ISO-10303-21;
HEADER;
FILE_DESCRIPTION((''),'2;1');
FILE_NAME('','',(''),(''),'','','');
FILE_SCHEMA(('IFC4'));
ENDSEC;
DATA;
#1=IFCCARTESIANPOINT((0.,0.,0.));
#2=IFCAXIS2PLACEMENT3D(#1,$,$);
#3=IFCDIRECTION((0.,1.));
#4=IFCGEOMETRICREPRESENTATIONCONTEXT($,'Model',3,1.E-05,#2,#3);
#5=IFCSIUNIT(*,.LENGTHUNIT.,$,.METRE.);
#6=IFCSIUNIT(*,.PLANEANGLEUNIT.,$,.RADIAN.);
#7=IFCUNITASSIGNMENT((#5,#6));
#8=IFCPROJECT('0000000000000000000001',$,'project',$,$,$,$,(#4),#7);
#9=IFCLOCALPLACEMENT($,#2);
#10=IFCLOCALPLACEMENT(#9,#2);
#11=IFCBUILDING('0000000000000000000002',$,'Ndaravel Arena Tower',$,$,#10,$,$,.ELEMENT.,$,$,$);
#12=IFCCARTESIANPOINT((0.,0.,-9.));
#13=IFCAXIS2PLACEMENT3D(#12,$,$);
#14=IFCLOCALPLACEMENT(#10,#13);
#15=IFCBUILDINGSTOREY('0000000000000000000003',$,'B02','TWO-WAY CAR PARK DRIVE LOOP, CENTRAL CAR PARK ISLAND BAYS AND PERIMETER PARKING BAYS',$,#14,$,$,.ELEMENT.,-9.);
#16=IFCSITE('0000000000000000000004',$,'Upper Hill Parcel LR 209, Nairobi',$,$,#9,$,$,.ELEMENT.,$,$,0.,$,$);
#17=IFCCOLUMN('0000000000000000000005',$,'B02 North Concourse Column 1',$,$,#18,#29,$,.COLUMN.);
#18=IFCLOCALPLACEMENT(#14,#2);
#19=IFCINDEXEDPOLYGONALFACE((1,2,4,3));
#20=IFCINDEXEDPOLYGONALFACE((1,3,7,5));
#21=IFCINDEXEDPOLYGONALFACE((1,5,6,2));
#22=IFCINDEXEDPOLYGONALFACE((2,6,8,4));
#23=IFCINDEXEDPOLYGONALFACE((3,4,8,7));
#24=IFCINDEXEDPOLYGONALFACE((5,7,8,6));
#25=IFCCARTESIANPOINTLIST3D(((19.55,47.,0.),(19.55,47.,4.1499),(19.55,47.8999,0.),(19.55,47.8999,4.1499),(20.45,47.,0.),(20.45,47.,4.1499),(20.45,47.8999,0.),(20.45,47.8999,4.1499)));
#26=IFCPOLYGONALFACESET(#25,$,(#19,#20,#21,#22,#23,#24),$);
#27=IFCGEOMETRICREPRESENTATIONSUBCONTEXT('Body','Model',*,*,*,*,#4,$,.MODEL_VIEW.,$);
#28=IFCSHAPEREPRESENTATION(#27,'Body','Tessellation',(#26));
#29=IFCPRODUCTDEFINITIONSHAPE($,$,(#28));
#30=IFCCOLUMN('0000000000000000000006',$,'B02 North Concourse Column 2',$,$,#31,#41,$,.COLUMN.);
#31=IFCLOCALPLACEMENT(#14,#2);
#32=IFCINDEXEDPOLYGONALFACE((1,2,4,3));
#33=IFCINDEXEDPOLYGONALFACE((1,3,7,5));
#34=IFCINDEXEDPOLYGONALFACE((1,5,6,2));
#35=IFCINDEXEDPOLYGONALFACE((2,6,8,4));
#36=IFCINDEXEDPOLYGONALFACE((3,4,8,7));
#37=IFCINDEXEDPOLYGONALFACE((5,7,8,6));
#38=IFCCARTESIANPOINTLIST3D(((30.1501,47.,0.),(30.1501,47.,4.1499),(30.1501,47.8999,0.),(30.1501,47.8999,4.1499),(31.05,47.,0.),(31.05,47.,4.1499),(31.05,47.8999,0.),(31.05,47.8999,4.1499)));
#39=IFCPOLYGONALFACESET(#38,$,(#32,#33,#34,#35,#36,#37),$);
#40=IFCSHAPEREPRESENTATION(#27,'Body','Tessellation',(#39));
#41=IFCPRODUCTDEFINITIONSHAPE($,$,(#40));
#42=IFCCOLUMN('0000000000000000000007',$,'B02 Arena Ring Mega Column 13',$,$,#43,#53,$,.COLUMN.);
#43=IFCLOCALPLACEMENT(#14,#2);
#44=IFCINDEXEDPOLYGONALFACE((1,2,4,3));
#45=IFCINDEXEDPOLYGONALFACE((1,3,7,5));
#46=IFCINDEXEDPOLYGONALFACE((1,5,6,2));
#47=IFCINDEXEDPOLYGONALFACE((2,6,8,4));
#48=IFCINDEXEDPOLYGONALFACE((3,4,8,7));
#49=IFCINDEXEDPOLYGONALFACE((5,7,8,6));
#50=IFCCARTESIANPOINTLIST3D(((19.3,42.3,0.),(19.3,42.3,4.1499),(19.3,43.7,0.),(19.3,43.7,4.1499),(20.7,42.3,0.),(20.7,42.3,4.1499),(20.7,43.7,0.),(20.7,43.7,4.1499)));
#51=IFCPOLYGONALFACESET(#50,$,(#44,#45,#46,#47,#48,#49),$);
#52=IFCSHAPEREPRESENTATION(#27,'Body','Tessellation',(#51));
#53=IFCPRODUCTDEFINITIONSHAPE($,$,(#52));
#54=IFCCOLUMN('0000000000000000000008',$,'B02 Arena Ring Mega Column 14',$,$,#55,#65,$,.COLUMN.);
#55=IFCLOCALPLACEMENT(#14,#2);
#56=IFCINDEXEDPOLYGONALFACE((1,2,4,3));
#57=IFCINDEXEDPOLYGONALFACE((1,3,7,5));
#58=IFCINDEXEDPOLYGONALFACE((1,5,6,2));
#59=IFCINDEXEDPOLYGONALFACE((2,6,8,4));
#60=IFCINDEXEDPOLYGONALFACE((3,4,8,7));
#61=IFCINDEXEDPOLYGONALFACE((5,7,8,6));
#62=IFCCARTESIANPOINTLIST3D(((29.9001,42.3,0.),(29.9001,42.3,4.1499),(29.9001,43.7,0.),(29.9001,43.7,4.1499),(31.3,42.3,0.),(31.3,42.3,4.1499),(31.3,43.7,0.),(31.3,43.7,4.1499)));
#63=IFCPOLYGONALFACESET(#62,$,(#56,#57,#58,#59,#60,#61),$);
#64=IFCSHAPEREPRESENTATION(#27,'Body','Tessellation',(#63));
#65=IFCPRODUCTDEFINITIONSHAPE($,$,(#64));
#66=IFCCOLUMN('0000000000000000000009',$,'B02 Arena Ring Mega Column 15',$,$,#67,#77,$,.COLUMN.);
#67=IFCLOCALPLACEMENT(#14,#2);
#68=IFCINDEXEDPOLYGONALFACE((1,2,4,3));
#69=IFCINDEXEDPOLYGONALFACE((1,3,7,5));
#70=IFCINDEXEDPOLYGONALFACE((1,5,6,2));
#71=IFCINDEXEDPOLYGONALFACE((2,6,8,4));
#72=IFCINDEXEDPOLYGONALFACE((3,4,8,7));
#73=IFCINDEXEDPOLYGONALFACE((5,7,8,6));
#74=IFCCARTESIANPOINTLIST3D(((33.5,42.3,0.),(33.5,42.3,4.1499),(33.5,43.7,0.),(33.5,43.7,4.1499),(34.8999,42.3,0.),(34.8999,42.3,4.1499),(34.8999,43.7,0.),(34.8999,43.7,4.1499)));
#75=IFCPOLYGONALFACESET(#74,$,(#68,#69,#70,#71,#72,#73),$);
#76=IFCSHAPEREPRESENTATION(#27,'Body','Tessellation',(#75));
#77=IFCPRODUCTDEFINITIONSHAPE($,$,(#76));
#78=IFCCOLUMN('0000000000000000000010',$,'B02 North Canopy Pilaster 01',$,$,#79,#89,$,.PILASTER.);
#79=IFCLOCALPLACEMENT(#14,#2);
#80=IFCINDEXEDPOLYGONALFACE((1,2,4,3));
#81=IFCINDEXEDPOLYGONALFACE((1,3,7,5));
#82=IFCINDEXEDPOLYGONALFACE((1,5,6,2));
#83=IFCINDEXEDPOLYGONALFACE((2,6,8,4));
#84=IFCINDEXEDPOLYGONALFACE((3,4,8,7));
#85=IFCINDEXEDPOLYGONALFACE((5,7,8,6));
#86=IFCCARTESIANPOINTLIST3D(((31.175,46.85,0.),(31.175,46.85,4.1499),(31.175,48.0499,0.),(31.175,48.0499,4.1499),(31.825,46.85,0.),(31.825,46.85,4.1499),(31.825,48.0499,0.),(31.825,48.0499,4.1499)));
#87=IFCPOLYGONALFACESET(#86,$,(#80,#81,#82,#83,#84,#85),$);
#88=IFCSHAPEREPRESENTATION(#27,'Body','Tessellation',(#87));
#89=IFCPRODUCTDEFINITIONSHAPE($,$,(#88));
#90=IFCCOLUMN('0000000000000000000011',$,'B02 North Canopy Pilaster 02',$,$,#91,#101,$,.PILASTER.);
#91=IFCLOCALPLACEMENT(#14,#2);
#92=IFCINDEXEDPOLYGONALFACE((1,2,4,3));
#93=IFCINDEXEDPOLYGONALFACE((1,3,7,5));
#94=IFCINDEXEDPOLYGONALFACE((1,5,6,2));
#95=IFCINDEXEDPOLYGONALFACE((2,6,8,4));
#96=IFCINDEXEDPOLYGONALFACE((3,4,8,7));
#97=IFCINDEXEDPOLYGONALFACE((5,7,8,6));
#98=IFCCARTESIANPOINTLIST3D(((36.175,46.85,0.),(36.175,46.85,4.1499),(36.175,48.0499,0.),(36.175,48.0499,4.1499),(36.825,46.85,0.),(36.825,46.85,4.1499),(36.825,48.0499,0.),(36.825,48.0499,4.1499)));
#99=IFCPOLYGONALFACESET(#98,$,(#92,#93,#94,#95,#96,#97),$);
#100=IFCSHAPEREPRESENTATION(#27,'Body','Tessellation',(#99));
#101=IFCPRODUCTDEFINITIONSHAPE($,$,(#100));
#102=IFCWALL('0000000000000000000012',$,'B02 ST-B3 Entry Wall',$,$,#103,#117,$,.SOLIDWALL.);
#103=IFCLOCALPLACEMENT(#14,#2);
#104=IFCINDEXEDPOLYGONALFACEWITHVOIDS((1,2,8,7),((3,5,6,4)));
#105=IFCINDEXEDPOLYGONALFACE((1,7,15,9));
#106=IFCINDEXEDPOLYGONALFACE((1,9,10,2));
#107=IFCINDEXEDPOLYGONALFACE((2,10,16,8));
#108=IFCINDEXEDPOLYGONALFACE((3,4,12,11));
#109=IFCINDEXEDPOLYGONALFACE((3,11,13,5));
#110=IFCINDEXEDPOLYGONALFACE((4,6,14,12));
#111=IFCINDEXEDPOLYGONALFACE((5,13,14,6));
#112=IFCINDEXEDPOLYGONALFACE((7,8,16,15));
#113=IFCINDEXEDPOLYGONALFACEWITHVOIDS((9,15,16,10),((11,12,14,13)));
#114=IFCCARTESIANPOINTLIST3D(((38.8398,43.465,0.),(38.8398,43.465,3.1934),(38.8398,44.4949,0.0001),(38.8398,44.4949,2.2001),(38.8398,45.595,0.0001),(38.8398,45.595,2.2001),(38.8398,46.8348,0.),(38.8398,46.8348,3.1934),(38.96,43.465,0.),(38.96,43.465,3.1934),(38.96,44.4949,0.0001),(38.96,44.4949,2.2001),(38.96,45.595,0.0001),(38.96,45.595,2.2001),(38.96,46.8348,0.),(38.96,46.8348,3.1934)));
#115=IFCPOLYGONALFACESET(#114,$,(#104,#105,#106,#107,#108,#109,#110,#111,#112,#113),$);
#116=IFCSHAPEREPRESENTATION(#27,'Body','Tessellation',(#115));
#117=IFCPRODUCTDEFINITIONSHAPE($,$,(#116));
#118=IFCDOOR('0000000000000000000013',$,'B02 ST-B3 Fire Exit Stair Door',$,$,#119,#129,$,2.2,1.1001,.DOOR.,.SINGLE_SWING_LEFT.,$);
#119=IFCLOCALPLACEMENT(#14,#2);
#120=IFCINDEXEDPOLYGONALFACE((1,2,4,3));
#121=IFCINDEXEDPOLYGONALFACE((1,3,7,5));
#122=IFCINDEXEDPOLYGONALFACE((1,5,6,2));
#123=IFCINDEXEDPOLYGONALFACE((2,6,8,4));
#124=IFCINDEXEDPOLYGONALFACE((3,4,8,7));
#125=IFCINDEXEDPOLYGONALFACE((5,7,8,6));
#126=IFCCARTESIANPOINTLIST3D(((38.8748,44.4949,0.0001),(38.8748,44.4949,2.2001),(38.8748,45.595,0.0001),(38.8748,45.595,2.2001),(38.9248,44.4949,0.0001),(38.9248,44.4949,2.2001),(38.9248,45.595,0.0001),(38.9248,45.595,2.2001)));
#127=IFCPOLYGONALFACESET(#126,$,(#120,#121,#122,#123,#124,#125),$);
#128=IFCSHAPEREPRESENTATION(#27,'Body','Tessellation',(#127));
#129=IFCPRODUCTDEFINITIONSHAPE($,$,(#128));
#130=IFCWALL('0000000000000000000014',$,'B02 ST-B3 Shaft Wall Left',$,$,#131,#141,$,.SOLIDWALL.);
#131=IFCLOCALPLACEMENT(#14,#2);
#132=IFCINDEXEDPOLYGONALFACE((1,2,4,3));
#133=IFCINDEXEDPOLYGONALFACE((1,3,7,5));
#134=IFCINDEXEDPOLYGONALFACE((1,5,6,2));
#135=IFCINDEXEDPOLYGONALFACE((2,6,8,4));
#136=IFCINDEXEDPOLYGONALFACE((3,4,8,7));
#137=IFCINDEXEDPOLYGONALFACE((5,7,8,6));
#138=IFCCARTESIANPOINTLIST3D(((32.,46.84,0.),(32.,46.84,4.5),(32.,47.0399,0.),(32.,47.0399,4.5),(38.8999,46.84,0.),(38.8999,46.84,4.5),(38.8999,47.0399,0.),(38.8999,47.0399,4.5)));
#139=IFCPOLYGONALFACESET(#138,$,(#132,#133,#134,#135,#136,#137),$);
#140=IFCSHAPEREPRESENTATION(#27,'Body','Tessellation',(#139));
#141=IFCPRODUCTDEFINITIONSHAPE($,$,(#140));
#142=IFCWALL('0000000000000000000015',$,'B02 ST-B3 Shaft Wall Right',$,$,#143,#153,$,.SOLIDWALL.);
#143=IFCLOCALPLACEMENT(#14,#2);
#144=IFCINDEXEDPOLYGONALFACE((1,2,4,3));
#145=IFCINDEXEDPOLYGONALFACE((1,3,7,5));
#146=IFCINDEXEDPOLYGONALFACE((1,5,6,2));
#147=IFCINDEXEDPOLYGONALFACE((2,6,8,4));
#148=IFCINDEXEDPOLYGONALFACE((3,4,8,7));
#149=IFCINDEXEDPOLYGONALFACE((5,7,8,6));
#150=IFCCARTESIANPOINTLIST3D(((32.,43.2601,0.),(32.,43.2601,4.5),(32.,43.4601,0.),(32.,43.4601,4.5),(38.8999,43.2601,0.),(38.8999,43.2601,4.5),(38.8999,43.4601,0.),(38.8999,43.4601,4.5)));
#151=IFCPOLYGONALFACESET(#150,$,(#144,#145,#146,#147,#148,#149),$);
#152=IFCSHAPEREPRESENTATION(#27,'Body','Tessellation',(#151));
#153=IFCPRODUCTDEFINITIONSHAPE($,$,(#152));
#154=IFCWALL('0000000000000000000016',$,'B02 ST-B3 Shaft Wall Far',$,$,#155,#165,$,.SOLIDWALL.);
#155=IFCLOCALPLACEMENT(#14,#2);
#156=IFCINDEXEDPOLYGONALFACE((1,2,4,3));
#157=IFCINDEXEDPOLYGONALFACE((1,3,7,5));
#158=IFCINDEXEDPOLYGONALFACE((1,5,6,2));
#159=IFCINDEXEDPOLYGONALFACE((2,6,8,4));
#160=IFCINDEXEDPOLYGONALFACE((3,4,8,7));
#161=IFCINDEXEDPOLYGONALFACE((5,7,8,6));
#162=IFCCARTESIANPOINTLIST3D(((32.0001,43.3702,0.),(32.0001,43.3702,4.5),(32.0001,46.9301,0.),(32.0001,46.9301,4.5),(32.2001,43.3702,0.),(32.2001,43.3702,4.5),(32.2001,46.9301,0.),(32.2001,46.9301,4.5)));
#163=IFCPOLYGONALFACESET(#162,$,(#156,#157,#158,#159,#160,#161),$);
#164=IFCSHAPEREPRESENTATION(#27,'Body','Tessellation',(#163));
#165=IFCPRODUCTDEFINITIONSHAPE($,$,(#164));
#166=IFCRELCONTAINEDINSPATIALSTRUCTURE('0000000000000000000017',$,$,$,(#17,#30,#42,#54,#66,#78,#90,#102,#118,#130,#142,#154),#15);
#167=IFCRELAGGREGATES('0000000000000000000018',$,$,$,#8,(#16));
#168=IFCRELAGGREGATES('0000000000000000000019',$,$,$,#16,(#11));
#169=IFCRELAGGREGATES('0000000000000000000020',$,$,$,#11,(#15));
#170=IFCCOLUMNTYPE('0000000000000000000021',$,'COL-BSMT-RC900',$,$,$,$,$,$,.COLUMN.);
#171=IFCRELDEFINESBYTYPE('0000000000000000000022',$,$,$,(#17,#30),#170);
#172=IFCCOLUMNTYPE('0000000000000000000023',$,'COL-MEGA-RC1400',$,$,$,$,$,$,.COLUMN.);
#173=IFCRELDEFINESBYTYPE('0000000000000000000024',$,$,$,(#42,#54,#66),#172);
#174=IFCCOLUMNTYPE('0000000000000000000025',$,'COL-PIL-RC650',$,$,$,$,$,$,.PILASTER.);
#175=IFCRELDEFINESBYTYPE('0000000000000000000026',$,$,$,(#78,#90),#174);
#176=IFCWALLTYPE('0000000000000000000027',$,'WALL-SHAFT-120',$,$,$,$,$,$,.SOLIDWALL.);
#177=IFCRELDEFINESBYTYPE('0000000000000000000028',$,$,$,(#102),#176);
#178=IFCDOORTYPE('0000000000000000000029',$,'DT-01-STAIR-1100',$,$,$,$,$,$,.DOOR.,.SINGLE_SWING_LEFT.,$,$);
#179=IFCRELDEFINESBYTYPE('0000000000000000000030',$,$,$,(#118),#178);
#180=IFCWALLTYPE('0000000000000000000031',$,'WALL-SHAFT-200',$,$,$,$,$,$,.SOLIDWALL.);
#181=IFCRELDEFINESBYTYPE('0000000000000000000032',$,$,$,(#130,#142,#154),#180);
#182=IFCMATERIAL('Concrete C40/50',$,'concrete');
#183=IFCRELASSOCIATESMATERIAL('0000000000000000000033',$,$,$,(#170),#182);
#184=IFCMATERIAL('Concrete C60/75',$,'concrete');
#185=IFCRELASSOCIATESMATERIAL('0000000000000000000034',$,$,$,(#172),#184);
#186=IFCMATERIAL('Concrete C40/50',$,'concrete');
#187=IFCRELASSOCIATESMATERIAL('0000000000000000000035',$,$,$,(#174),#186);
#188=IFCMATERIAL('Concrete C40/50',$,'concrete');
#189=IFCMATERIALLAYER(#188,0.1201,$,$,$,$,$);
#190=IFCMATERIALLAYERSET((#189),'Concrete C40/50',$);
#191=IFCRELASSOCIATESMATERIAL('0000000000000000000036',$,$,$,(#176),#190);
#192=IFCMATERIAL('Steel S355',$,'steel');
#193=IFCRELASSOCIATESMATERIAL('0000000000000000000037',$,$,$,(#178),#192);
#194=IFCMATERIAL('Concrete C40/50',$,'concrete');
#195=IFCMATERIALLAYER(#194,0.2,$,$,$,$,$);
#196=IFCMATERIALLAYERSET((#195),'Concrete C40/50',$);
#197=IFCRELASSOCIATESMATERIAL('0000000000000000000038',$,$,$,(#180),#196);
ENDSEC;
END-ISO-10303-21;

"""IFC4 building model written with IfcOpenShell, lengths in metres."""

from ifc_helpers import new_model, si_unit, direction, frame, frame_2d, origin, origin_2d, place, context, subcontext, project, spatial, rectangle, extrude, material, layer, layer_set, material_profile, profile_set, type_object, element, fill, save


model = new_model("IFC4")

# Units and contexts
model_context = context("Model", 3, precision=1e-05, world=origin(), true_north=direction((0.0, 1.0)))
body_context = subcontext(model_context, "Body", "Model", "MODEL_VIEW")
ifc_project = project(units=[si_unit("LENGTHUNIT", "METRE"), si_unit("PLANEANGLEUNIT", "RADIAN")], contexts=[model_context])

# Site, building, storey
site_placement = place(None, origin())
site = spatial("IfcSite", under=ifc_project, at=site_placement, Name="Upper Hill Parcel LR 209, Nairobi", CompositionType="ELEMENT", RefElevation=0.0)
building_placement = place(site_placement, origin())
building = spatial("IfcBuilding", under=site, at=building_placement, Name="Ndaravel Arena Tower", CompositionType="ELEMENT")
storey_placement = place(building_placement, frame((0.0, 0.0, -9.0)))
storey = spatial("IfcBuildingStorey", under=building, at=storey_placement, Name="B02", Description="TWO-WAY CAR PARK DRIVE LOOP, CENTRAL CAR PARK ISLAND BAYS AND PERIMETER PARKING BAYS", CompositionType="ELEMENT", Elevation=-9.0)

# Columns
ifc_material_1 = material(Name="Concrete C40/50", Category="concrete")
ifc_material_profile_1 = material_profile(ifc_material_1, rectangle(XDim=0.8999, YDim=0.8999, at=origin_2d()), Name="RC 900x900")
ifc_profile_set_1 = profile_set([ifc_material_profile_1], Name="Concrete C40/50")
column_type_1 = type_object("IfcColumnType", Name="COL-BSMT-RC900", PredefinedType="COLUMN", material=ifc_profile_set_1)
for number, where, z_axis, x_axis, name in (
    (1, (20.0, 47.45, 0.0), (0.0, 0.0, 1.0), (1.0, 0.0, 0.0), "B02 North Concourse Column 1"),
    (2, (30.6001, 47.45, 0.0), (0.0, 0.0, 1.0), (1.0, 0.0, 0.0), "B02 North Concourse Column 2"),
):
    element("IfcColumn", number, at=place(storey_placement, frame(where, z_axis=z_axis, x_axis=x_axis)), inside=storey, type_object=column_type_1, Name=name, PredefinedType="COLUMN", context=body_context, shape_type="SweptSolid", body=[
        extrude(rectangle(XDim=0.8999, YDim=0.8999, at=origin_2d()), origin(), (0.0, 0.0, 1.0), 4.1499),
    ])
ifc_material_2 = material(Name="Concrete C60/75", Category="concrete")
ifc_material_profile_2 = material_profile(ifc_material_2, rectangle(XDim=1.3999, YDim=1.3999, at=origin_2d()), Name="RC 1400x1400")
ifc_profile_set_2 = profile_set([ifc_material_profile_2], Name="Concrete C60/75")
column_type_2 = type_object("IfcColumnType", Name="COL-MEGA-RC1400", PredefinedType="COLUMN", material=ifc_profile_set_2)
for number, where, z_axis, x_axis, name in (
    (3, (20.0, 43.0, 0.0), (0.0, 0.0, 1.0), (1.0, 0.0, 0.0), "B02 Arena Ring Mega Column 13"),
    (4, (30.6001, 43.0, 0.0), (0.0, 0.0, 1.0), (1.0, 0.0, 0.0), "B02 Arena Ring Mega Column 14"),
    (5, (34.2, 43.0, 0.0), (0.0, 0.0, 1.0), (1.0, 0.0, 0.0), "B02 Arena Ring Mega Column 15"),
):
    element("IfcColumn", number, at=place(storey_placement, frame(where, z_axis=z_axis, x_axis=x_axis)), inside=storey, type_object=column_type_2, Name=name, PredefinedType="COLUMN", context=body_context, shape_type="SweptSolid", body=[
        extrude(rectangle(XDim=1.3999, YDim=1.3999, at=origin_2d()), origin(), (0.0, 0.0, 1.0), 4.1499),
    ])
ifc_material_3 = material(Name="Concrete C40/50", Category="concrete")
ifc_material_profile_3 = material_profile(ifc_material_3, rectangle(XDim=0.6499, YDim=1.2, at=origin_2d()), Name="RC 650x1200")
ifc_profile_set_3 = profile_set([ifc_material_profile_3], Name="Concrete C40/50")
column_type_3 = type_object("IfcColumnType", Name="COL-PIL-RC650", PredefinedType="PILASTER", material=ifc_profile_set_3)
for number, where, z_axis, x_axis, name in (
    (6, (31.5, 47.45, 0.0), (0.0, 0.0, 1.0), (1.0, 0.0, 0.0), "B02 North Canopy Pilaster 01"),
    (7, (36.5, 47.45, 0.0), (0.0, 0.0, 1.0), (1.0, 0.0, 0.0), "B02 North Canopy Pilaster 02"),
):
    element("IfcColumn", number, at=place(storey_placement, frame(where, z_axis=z_axis, x_axis=x_axis)), inside=storey, type_object=column_type_3, Name=name, PredefinedType="PILASTER", context=body_context, shape_type="SweptSolid", body=[
        extrude(rectangle(XDim=0.6499, YDim=1.2, at=origin_2d()), origin(), (0.0, 0.0, 1.0), 4.1499),
    ])

# Wall, opening, door
ifc_material_4 = material(Name="Concrete C40/50", Category="concrete")
ifc_layer_1 = layer(ifc_material_4, 0.1201)
ifc_layer_set_1 = layer_set([ifc_layer_1], Name="Concrete C40/50")
wall_type_1 = type_object("IfcWallType", Name="WALL-SHAFT-120", PredefinedType="SOLIDWALL", material=ifc_layer_set_1)
wall_1_placement = place(storey_placement, frame((38.8999, 46.835, 0.0), z_axis=(0.0, 0.0, 1.0), x_axis=(0.0, -1.0, 0.0)))
wall_1 = element("IfcWall", 8, at=wall_1_placement, inside=storey, type_object=wall_type_1, Name="B02 ST-B3 Entry Wall", PredefinedType="SOLIDWALL", context=body_context, shape_type="SweptSolid", body=[
    extrude(rectangle(XDim=3.3699, YDim=0.1201, at=frame_2d((1.6851, 0.0))), origin(), (0.0, 0.0, 1.0), 3.1934),
])
opening_placement = place(wall_1_placement, frame((1.24, 0.0, 0.0)))
opening = element("IfcOpeningElement", 9, at=opening_placement, cuts=wall_1, PredefinedType="OPENING", context=body_context, shape_type="SweptSolid", body=[
    extrude(rectangle(XDim=1.1001, YDim=2.2, at=frame_2d((0.55, 1.1001))), frame((0.0, 0.0601, 0.0), z_axis=(0.0, -1.0, 0.0), x_axis=(1.0, 0.0, 0.0)), (0.0, 0.0, 1.0), 0.1201),
])
ifc_material_5 = material(Name="Steel S355", Category="steel")
door_type = type_object("IfcDoorType", Name="DT-01-STAIR-1100", OperationType="SINGLE_SWING_LEFT", PredefinedType="DOOR", material=ifc_material_5)
door_placement = place(opening_placement, origin())
door = element("IfcDoor", 10, at=door_placement, inside=storey, type_object=door_type, Name="B02 ST-B3 Fire Exit Stair Door", OperationType="SINGLE_SWING_LEFT", OverallHeight=2.2, OverallWidth=1.1001, PredefinedType="DOOR", context=body_context, shape_type="SweptSolid", body=[
    extrude(rectangle(XDim=1.1001, YDim=2.2, at=frame_2d((0.55, 1.1001))), frame((0.0, 0.0249, 0.0), z_axis=(0.0, -1.0, 0.0), x_axis=(1.0, 0.0, 0.0)), (0.0, 0.0, 1.0), 0.05),
])
fill(opening, door)

# Walls
ifc_material_6 = material(Name="Concrete C40/50", Category="concrete")
ifc_layer_2 = layer(ifc_material_6, 0.2)
ifc_layer_set_2 = layer_set([ifc_layer_2], Name="Concrete C40/50")
wall_type_2 = type_object("IfcWallType", Name="WALL-SHAFT-200", PredefinedType="SOLIDWALL", material=ifc_layer_set_2)
for number, where, z_axis, x_axis, name in (
    (11, (38.8999, 46.9399, 0.0), (0.0, 0.0, 1.0), (-1.0, 0.0, 0.0), "B02 ST-B3 Shaft Wall Left"),
    (12, (38.8999, 43.3601, 0.0), (0.0, 0.0, 1.0), (-1.0, 0.0, 0.0), "B02 ST-B3 Shaft Wall Right"),
):
    element("IfcWall", number, at=place(storey_placement, frame(where, z_axis=z_axis, x_axis=x_axis)), inside=storey, type_object=wall_type_2, Name=name, PredefinedType="SOLIDWALL", context=body_context, shape_type="SweptSolid", body=[
        extrude(rectangle(XDim=6.8999, YDim=0.2, at=frame_2d((3.45, 0.0))), origin(), (0.0, 0.0, 1.0), 4.5),
    ])
wall_2_placement = place(storey_placement, frame((32.1001, 46.9299, 0.0), z_axis=(0.0, 0.0, 1.0), x_axis=(0.0, -1.0, 0.0)))
element("IfcWall", 13, at=wall_2_placement, inside=storey, type_object=wall_type_2, Name="B02 ST-B3 Shaft Wall Far", PredefinedType="SOLIDWALL", context=body_context, shape_type="SweptSolid", body=[
    extrude(rectangle(XDim=3.5598, YDim=0.2, at=frame_2d((1.7798, 0.0))), origin(), (0.0, 0.0, 1.0), 4.5),
])

save(model, "model.ifc")
